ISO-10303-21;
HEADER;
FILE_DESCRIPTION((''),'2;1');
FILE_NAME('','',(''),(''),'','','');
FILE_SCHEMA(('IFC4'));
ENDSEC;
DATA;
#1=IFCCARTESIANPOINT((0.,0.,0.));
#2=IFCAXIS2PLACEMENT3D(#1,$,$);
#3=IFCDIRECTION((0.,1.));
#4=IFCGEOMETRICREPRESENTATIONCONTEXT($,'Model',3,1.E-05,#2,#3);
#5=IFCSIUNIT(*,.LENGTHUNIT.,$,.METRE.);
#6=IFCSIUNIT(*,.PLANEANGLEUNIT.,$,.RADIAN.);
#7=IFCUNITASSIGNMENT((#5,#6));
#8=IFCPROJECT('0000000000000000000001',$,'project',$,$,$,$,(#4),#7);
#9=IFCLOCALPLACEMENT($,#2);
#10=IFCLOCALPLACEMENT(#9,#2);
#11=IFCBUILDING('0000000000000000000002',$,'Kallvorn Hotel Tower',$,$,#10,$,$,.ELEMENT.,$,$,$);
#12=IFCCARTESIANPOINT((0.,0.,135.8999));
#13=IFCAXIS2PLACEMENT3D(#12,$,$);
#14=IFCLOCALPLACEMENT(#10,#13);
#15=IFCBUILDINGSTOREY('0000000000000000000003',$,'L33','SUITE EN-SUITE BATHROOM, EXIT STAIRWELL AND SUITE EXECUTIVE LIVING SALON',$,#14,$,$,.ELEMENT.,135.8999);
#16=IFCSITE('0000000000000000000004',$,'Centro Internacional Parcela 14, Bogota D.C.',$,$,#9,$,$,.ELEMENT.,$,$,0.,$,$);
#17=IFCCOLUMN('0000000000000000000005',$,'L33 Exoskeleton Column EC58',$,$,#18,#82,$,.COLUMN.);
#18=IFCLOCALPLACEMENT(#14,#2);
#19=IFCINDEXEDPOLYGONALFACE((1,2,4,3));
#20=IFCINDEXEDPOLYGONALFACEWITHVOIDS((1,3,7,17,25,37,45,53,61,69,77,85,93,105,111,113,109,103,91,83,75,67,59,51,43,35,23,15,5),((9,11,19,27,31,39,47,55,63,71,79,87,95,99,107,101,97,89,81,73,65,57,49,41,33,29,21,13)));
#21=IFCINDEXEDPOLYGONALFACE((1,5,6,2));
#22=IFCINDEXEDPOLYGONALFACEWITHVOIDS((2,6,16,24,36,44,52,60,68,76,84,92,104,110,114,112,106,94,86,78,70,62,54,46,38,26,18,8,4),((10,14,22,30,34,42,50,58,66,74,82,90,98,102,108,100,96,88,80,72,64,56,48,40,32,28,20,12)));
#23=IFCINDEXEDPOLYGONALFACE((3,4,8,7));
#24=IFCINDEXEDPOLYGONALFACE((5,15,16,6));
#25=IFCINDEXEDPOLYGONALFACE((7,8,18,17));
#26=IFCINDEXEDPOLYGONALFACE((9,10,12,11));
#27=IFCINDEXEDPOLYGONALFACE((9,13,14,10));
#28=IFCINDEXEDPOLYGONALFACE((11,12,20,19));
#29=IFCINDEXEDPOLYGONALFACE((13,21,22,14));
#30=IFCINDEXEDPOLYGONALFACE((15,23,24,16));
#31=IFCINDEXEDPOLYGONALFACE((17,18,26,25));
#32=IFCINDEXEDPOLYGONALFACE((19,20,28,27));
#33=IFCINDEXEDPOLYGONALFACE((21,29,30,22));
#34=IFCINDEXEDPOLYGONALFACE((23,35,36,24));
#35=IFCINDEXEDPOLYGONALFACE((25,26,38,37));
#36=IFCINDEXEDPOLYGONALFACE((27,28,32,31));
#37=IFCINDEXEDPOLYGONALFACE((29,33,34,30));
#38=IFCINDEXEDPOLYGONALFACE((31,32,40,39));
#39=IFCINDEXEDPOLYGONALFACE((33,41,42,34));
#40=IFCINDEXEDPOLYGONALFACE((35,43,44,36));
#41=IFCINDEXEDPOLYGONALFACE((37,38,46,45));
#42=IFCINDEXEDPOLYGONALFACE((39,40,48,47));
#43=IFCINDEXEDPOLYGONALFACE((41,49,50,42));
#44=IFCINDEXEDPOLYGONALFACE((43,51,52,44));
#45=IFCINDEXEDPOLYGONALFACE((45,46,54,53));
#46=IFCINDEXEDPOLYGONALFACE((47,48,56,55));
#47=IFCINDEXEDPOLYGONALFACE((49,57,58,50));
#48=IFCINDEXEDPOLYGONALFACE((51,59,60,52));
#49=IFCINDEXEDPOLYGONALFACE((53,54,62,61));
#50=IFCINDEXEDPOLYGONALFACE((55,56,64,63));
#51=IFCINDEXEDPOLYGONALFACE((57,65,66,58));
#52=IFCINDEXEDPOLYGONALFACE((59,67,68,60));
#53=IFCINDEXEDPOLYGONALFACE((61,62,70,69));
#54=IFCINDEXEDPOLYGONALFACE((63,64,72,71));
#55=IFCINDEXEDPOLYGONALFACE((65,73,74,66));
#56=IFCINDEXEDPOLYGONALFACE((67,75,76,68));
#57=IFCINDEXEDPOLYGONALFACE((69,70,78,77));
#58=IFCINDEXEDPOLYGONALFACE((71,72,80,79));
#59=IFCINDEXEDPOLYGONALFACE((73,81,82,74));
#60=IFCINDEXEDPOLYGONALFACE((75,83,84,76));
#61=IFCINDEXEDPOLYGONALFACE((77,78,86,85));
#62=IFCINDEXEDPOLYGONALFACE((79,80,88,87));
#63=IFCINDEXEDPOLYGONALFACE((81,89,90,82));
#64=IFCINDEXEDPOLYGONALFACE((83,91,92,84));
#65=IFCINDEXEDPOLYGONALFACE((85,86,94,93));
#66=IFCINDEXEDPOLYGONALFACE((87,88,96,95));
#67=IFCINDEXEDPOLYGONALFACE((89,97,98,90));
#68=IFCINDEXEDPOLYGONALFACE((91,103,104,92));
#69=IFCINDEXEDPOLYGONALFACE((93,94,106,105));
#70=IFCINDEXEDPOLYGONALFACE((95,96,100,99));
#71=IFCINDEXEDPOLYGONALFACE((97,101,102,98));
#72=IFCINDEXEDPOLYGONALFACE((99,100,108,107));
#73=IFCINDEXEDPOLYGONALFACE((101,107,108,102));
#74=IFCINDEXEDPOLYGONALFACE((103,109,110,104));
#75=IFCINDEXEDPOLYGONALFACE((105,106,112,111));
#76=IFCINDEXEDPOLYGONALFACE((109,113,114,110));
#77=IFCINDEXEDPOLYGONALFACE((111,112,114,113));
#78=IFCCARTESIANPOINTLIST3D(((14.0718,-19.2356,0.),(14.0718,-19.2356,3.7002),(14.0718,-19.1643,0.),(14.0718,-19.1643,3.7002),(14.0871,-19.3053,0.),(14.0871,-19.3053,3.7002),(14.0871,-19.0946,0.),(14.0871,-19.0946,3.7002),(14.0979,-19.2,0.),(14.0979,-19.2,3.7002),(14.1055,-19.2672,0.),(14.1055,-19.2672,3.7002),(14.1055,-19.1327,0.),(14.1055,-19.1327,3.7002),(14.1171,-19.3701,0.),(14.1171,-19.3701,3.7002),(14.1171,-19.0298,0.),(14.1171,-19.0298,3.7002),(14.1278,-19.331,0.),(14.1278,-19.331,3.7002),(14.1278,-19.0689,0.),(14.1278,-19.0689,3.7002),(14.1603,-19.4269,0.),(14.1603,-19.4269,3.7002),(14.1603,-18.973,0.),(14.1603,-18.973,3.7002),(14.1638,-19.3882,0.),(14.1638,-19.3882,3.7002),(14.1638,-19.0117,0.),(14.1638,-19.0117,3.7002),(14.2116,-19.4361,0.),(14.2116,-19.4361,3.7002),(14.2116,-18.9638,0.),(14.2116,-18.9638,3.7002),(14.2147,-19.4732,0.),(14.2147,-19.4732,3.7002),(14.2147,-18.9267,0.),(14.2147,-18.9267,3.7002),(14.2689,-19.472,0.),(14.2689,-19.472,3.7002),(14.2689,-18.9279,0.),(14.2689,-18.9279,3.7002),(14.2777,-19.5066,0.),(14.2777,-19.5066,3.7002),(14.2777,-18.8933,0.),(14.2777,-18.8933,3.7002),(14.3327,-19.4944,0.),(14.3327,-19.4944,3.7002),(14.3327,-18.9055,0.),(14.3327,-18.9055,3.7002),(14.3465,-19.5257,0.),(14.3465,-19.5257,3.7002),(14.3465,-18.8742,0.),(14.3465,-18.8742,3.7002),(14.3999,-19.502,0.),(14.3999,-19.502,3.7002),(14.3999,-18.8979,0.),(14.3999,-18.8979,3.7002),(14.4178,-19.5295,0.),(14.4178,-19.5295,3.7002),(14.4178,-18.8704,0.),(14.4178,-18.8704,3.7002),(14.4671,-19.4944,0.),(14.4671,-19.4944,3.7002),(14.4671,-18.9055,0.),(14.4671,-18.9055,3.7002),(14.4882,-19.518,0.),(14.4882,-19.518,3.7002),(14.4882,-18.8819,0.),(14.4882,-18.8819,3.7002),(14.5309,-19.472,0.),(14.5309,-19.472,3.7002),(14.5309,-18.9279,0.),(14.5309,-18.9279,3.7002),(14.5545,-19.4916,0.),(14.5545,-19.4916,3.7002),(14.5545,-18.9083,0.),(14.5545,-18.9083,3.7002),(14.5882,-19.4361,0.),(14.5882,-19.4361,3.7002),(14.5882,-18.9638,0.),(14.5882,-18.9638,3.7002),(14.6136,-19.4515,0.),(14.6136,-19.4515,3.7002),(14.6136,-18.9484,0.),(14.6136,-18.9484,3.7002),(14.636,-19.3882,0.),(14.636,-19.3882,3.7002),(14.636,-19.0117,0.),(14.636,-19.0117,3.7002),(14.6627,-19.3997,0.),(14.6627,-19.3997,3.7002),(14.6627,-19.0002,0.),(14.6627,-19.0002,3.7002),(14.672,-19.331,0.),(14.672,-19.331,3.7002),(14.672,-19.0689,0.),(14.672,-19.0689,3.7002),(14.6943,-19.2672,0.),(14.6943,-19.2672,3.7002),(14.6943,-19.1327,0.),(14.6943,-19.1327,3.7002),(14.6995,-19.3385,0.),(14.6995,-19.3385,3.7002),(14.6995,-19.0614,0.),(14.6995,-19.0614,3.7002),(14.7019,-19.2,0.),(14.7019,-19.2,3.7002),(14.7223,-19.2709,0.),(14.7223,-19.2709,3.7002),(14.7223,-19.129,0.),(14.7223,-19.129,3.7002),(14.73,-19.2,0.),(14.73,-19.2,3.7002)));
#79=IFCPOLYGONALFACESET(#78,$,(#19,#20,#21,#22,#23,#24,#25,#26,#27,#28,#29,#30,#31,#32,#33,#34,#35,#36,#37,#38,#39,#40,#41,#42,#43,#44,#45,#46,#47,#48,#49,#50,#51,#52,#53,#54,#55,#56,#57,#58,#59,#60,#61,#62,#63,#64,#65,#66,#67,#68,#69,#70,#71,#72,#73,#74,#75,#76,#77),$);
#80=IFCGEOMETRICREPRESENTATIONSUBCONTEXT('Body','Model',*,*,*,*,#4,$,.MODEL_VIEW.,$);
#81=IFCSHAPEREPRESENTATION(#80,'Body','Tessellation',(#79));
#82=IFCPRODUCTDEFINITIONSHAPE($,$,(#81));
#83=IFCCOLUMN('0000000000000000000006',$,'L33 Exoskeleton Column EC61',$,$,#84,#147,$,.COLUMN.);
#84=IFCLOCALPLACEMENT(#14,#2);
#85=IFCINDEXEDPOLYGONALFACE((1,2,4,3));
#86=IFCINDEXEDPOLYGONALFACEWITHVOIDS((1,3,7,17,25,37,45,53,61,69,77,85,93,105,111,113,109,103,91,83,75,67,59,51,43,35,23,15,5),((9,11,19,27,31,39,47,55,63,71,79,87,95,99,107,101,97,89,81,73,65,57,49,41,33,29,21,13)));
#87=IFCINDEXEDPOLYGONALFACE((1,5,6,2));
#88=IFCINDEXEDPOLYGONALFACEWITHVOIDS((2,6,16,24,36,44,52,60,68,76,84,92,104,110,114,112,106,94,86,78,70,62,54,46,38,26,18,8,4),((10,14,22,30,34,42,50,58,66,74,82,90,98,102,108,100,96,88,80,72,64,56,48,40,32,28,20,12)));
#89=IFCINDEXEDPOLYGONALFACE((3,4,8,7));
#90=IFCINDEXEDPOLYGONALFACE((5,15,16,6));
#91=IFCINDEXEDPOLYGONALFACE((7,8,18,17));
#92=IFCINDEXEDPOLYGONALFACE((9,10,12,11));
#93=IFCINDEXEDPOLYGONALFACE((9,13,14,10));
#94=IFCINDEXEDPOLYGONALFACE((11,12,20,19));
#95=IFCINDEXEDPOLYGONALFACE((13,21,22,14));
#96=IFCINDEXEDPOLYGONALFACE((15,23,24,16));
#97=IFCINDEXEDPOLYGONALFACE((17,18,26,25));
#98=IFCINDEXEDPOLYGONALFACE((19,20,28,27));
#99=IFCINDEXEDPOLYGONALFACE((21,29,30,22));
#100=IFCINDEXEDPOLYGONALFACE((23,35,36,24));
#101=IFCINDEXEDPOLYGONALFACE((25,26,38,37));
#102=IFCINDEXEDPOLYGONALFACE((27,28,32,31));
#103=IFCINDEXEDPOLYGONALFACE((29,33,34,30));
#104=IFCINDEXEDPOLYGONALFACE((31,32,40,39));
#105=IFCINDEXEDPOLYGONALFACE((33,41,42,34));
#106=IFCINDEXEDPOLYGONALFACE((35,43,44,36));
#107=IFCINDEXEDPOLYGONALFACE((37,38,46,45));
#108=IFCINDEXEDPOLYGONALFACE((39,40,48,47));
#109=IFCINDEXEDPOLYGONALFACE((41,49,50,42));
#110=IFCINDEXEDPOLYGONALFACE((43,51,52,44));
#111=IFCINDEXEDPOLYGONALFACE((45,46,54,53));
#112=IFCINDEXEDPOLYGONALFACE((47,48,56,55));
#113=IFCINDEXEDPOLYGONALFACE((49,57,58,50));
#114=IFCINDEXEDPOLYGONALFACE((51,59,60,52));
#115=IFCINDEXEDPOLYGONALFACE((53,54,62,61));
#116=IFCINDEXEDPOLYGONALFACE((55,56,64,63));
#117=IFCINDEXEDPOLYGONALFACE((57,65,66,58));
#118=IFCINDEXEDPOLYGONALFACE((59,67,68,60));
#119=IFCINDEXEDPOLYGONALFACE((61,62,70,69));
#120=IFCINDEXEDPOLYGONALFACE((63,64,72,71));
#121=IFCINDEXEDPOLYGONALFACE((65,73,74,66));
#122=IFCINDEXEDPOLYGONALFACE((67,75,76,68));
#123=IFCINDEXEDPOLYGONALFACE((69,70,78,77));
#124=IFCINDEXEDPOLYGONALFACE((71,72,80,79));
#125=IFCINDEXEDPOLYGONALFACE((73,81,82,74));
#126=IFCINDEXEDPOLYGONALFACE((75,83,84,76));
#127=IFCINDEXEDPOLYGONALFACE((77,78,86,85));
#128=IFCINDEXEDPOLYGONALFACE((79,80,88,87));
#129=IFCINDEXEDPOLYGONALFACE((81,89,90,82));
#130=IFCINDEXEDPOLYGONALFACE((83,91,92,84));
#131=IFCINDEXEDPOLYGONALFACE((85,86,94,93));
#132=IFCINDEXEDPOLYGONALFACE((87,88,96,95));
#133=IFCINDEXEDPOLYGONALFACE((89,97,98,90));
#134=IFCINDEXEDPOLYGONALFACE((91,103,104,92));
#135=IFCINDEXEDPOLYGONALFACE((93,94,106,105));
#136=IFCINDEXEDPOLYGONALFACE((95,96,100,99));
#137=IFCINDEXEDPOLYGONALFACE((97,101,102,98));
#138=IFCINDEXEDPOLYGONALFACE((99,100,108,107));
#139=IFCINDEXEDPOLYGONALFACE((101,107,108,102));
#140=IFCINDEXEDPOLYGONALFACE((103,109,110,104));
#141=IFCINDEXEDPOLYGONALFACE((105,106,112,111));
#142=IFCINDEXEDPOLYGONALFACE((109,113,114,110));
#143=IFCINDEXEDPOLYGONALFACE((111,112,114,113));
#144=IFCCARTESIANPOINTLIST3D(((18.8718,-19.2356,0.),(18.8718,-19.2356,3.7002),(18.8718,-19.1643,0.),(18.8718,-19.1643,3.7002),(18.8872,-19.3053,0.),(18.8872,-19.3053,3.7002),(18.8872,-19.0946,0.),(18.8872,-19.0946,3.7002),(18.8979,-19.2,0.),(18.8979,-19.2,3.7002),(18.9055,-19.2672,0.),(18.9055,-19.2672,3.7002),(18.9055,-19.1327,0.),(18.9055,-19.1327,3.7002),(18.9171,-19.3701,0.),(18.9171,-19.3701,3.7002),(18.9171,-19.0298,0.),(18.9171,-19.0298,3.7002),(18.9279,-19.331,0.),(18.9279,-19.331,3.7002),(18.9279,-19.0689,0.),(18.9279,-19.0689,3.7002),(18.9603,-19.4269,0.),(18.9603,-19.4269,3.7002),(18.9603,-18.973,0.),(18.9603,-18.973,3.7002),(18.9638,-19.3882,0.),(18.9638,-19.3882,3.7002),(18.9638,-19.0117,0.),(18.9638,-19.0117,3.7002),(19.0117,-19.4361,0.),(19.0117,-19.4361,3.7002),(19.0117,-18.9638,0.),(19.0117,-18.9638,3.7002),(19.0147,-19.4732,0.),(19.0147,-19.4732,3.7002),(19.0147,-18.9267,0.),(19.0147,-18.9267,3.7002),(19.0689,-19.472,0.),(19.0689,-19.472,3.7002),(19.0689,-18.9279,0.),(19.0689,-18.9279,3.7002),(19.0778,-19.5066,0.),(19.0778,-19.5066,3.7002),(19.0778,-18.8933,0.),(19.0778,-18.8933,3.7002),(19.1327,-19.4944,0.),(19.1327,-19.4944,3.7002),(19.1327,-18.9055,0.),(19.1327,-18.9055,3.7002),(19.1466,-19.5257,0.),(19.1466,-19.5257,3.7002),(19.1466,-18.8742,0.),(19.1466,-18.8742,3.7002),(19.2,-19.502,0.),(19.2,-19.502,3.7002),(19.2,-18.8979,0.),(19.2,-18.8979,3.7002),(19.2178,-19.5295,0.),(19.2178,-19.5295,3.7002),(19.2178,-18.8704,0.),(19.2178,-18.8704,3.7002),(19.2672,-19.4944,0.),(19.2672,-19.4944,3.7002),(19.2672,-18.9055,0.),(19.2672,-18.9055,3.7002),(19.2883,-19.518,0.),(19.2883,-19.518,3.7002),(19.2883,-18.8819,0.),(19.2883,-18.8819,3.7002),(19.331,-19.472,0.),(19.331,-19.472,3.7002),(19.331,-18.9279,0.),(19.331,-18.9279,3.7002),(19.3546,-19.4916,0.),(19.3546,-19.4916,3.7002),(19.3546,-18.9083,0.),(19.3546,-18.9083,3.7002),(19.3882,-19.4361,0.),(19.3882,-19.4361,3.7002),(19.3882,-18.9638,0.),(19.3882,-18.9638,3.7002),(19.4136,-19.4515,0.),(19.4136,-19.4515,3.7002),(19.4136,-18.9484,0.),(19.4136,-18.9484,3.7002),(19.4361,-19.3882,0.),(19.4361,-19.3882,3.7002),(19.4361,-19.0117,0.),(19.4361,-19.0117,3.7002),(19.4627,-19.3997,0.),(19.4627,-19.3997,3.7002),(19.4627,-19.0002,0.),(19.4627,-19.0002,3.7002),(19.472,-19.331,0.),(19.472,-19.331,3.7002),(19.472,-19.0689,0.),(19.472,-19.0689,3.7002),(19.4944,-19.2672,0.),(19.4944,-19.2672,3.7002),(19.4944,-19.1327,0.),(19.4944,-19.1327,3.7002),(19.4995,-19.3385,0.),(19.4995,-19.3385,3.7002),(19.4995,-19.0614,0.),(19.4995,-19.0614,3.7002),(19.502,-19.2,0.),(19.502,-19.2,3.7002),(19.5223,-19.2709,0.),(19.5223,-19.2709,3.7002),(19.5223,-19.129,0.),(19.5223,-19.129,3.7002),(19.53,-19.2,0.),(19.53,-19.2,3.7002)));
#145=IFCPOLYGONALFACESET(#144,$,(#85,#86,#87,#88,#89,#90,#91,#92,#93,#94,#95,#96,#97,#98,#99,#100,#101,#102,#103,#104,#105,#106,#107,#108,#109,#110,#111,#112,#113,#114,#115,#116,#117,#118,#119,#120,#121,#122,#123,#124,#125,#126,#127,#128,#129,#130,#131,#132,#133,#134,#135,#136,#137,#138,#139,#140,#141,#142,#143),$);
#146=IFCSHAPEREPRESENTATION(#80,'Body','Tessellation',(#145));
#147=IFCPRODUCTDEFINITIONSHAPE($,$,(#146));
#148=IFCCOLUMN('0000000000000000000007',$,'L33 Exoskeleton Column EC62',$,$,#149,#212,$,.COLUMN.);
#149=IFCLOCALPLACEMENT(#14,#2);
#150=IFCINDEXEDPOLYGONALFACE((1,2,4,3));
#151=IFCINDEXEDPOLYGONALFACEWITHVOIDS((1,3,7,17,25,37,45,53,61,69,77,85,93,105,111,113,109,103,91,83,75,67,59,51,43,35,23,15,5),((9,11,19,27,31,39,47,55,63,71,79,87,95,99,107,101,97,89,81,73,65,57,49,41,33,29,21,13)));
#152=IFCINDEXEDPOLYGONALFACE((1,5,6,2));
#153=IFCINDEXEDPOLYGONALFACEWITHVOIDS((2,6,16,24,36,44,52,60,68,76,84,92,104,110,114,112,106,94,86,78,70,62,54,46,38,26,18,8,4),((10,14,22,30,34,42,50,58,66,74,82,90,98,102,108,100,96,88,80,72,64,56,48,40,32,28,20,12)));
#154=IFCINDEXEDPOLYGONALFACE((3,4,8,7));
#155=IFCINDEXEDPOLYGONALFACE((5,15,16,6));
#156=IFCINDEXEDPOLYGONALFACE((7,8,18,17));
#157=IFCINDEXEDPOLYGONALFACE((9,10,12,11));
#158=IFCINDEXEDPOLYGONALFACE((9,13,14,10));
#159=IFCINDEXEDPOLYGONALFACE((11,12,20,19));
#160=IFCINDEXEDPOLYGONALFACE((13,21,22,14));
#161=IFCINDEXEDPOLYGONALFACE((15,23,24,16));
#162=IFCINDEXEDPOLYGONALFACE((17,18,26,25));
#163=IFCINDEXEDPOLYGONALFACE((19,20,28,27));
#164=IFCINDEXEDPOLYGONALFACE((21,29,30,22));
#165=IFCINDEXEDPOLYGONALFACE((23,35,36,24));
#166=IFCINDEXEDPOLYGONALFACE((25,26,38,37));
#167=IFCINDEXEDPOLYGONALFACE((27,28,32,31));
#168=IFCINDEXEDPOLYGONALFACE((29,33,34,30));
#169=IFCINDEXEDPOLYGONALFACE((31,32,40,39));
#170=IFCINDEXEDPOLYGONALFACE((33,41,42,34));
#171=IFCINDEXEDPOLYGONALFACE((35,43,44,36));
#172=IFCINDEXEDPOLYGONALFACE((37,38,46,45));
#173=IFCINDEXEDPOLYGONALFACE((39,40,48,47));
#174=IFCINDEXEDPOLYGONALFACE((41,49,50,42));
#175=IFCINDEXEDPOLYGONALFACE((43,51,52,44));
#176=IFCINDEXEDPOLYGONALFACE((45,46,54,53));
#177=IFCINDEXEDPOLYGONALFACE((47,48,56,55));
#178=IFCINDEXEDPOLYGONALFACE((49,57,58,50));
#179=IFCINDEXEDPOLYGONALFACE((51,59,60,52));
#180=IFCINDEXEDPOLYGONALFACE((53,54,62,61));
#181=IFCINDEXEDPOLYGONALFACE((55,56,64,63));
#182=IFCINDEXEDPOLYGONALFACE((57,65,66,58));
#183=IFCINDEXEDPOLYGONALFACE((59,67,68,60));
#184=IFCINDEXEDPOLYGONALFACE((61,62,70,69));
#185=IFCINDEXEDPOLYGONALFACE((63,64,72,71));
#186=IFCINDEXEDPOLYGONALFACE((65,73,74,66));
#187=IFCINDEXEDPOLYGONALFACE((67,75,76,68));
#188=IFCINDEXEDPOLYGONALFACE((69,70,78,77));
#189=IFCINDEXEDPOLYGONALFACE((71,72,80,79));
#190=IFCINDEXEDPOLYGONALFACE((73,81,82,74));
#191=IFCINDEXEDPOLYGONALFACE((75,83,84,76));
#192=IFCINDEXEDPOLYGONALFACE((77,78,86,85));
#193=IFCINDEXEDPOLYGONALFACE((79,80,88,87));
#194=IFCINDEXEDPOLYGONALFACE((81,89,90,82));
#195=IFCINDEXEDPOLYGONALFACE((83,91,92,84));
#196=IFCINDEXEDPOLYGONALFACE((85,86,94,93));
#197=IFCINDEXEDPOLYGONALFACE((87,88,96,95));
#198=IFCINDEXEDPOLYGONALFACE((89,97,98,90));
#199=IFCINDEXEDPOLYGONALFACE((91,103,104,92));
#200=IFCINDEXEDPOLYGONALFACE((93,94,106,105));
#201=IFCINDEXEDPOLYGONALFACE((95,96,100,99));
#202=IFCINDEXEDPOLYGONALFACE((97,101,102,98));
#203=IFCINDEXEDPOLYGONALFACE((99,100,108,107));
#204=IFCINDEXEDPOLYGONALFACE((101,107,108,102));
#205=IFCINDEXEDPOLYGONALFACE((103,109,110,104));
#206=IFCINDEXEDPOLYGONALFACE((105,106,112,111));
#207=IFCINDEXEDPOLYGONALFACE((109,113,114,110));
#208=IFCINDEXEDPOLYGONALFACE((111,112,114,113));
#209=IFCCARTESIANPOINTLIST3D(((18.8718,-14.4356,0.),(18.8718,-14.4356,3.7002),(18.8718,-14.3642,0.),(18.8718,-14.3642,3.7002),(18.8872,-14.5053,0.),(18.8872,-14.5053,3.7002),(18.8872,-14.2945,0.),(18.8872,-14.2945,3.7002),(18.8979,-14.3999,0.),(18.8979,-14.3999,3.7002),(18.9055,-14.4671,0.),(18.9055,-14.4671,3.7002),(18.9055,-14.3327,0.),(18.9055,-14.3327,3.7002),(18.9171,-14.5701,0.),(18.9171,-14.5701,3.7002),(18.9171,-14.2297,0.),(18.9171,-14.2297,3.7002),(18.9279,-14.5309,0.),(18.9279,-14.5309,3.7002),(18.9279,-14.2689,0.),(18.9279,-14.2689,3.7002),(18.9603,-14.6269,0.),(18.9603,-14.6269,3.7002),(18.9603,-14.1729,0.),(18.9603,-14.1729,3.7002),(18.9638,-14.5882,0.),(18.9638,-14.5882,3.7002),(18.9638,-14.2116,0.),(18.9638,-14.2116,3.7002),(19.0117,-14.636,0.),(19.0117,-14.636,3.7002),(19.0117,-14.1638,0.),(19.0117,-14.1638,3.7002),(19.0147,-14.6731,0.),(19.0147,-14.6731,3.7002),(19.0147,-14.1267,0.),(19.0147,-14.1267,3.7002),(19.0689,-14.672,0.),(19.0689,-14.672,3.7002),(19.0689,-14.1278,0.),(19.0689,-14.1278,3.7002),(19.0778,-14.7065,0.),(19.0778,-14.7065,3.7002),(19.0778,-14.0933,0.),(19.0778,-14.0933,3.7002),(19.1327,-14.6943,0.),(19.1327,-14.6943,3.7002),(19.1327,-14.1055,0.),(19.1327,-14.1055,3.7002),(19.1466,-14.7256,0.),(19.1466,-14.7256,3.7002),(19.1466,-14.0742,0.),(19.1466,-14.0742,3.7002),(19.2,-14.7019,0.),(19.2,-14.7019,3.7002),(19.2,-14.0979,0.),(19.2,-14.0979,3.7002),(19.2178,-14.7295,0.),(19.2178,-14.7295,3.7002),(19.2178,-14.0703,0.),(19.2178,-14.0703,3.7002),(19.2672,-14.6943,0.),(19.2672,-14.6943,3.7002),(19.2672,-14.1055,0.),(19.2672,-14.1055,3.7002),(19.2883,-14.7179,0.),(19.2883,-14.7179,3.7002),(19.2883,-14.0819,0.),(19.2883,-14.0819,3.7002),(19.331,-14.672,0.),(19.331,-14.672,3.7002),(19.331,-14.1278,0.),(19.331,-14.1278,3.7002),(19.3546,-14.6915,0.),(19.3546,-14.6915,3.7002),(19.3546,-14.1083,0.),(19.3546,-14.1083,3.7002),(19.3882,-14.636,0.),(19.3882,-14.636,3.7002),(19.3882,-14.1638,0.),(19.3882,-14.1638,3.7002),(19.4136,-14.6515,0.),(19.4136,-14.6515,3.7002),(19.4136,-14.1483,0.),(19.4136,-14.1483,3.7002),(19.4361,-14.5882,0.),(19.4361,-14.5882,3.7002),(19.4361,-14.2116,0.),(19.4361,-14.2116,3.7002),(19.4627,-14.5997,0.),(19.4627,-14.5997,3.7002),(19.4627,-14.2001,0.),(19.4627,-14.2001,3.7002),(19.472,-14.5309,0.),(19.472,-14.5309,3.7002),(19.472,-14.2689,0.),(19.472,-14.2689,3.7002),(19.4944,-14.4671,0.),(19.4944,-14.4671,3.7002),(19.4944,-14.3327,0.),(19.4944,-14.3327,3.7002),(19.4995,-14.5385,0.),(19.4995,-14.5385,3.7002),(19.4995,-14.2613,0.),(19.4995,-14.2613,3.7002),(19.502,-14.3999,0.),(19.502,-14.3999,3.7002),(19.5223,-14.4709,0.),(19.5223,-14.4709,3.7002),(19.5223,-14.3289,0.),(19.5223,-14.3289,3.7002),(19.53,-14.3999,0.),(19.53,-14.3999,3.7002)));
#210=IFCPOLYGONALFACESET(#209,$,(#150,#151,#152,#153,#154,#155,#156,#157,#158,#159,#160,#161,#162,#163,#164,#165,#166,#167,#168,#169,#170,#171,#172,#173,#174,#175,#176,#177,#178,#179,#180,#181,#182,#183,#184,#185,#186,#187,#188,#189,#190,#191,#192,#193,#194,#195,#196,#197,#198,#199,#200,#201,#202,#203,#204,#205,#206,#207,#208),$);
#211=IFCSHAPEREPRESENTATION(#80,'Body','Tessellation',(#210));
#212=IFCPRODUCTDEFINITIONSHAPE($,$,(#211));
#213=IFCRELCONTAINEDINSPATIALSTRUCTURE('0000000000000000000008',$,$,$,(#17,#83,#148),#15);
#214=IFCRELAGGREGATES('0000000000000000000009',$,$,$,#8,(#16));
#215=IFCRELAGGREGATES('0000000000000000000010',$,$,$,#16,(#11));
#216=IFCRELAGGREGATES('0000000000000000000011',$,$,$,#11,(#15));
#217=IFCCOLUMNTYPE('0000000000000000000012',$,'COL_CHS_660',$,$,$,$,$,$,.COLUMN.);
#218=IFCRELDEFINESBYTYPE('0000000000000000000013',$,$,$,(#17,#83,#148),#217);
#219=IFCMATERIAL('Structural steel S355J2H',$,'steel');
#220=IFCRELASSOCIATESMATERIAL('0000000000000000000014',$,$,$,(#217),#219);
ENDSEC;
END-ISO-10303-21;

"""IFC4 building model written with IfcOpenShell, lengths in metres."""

from ifc_helpers import new_model, si_unit, direction, frame, origin, origin_2d, place, context, subcontext, project, spatial, hollow_circle, extrude, material, material_profile, profile_set, type_object, element, save


model = new_model("IFC4")

# Units and contexts
model_context = context("Model", 3, precision=1e-05, world=origin(), true_north=direction((0.0, 1.0)))
body_context = subcontext(model_context, "Body", "Model", "MODEL_VIEW")
ifc_project = project(units=[si_unit("LENGTHUNIT", "METRE"), si_unit("PLANEANGLEUNIT", "RADIAN")], contexts=[model_context])

# Site, building, storey
site_placement = place(None, origin())
site = spatial("IfcSite", under=ifc_project, at=site_placement, Name="Centro Internacional Parcela 14, Bogota D.C.", CompositionType="ELEMENT", RefElevation=0.0)
building_placement = place(site_placement, origin())
building = spatial("IfcBuilding", under=site, at=building_placement, Name="Kallvorn Hotel Tower", CompositionType="ELEMENT")
storey_placement = place(building_placement, frame((0.0, 0.0, 135.8999)))
storey = spatial("IfcBuildingStorey", under=building, at=storey_placement, Name="L33", Description="SUITE EN-SUITE BATHROOM, EXIT STAIRWELL AND SUITE EXECUTIVE LIVING SALON", CompositionType="ELEMENT", Elevation=135.8999)

# Columns
ifc_material_1 = material(Name="Structural steel S355J2H", Category="steel")
ifc_material_profile_1 = material_profile(ifc_material_1, hollow_circle(Radius=0.3301, WallThickness=0.0281, at=origin_2d()), Name="CHS 660x28")
ifc_profile_set_1 = profile_set([ifc_material_profile_1], Name="Structural steel S355J2H")
column_type_1 = type_object("IfcColumnType", Name="COL_CHS_660", PredefinedType="COLUMN", material=ifc_profile_set_1)
for number, where, z_axis, x_axis, name in (
    (1, (14.3999, -19.2, 0.0), (0.0, 0.0, 1.0), (1.0, 0.0, 0.0), "L33 Exoskeleton Column EC58"),
    (2, (19.2, -19.2, 0.0), (0.0, 0.0, 1.0), (1.0, 0.0, 0.0), "L33 Exoskeleton Column EC61"),
    (3, (19.2, -14.3999, 0.0), (0.0, 0.0, 1.0), (1.0, 0.0, 0.0), "L33 Exoskeleton Column EC62"),
):
    element("IfcColumn", number, at=place(storey_placement, frame(where, z_axis=z_axis, x_axis=x_axis)), inside=storey, type_object=column_type_1, Name=name, PredefinedType="COLUMN", context=body_context, shape_type="SweptSolid", body=[
        extrude(hollow_circle(Radius=0.3301, WallThickness=0.0281, at=origin_2d()), origin(), (0.0, 0.0, 1.0), 3.7002),
    ])

save(model, "model.ifc")
